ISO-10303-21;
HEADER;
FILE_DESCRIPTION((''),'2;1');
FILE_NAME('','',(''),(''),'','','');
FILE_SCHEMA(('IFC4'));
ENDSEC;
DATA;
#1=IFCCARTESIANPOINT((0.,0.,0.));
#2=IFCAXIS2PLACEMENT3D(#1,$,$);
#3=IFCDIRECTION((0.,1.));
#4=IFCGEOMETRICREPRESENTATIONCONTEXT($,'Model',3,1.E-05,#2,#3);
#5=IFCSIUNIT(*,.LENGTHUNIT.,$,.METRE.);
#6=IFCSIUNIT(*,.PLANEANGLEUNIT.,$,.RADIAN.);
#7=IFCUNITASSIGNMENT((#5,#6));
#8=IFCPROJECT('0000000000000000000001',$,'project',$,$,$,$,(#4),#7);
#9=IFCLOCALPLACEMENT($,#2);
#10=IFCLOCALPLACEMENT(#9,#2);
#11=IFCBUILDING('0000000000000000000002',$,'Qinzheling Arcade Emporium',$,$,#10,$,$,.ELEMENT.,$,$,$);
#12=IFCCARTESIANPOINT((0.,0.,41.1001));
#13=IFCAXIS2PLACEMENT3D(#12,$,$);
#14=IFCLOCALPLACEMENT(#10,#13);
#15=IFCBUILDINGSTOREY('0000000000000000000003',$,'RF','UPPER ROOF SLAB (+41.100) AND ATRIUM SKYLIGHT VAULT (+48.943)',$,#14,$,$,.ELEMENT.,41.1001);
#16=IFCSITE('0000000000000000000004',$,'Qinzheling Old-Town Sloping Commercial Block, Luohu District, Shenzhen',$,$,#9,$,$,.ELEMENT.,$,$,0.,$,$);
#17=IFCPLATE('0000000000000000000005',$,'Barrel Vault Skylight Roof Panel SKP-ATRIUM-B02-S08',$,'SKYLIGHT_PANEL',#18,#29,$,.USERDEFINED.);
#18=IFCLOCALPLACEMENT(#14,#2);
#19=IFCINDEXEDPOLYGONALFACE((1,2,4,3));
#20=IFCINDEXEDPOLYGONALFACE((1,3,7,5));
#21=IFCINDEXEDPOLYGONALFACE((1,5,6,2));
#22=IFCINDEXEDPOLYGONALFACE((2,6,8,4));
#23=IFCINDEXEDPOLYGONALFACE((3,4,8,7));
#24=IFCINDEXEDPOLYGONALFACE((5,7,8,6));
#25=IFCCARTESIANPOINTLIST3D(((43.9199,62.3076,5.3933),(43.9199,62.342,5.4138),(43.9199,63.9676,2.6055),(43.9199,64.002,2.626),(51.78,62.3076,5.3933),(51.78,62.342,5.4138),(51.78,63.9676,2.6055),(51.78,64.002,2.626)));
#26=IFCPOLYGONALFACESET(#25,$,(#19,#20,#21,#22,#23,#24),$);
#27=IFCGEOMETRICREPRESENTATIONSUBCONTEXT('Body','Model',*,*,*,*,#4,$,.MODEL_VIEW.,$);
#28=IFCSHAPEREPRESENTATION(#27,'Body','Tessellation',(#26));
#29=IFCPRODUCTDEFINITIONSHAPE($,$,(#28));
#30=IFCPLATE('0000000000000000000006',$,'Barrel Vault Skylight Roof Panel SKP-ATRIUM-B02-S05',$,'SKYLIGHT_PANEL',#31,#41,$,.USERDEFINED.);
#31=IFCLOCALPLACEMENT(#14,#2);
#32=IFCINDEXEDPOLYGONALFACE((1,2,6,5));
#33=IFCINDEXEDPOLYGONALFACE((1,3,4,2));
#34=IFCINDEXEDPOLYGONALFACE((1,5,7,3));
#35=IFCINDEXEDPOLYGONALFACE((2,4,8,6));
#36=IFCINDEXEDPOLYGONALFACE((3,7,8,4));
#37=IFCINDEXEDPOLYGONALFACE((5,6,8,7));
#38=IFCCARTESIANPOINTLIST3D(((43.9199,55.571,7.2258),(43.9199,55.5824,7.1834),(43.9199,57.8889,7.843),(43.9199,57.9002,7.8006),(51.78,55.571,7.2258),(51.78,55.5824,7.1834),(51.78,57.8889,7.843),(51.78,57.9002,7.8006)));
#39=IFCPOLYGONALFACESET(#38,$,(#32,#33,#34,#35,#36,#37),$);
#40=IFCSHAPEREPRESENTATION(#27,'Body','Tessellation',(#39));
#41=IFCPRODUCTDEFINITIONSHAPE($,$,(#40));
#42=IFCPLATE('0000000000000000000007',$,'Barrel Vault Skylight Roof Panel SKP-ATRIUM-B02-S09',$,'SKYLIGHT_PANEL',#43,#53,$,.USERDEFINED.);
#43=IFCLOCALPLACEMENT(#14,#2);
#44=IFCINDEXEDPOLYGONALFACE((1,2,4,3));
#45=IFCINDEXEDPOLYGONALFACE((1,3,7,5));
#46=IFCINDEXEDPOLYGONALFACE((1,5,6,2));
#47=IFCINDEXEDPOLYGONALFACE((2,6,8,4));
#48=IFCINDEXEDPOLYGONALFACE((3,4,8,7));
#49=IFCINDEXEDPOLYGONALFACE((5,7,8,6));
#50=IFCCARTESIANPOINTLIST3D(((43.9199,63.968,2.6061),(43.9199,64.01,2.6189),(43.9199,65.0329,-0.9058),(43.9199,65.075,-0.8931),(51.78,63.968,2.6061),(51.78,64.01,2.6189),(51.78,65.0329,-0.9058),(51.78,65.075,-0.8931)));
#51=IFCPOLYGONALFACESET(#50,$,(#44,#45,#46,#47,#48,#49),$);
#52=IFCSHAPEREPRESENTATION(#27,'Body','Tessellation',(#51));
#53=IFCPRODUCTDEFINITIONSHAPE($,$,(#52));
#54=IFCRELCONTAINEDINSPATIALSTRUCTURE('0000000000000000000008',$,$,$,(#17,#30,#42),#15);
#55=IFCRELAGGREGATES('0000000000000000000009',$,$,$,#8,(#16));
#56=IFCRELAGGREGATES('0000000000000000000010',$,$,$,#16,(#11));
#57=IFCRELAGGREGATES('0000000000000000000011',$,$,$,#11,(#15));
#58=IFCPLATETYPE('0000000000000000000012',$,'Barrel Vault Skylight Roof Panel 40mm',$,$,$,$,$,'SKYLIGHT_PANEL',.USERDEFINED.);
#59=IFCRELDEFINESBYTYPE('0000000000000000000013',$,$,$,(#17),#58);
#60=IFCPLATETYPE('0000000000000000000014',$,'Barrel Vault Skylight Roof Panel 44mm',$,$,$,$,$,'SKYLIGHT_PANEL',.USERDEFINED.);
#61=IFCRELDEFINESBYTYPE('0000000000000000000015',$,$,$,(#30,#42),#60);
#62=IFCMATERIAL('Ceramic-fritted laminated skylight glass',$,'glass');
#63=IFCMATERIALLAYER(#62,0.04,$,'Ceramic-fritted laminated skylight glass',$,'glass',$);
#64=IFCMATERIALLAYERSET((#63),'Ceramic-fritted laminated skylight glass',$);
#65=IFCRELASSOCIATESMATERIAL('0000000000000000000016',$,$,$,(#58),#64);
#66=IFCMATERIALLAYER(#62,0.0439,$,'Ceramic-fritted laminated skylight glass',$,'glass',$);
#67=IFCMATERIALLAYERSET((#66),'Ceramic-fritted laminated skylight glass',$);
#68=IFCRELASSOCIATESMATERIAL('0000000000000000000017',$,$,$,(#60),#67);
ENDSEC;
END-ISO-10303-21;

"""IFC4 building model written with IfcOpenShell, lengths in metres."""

from ifc_helpers import new_model, si_unit, direction, frame, origin, place, context, subcontext, project, spatial, polyline, outline, extrude, material, layer, layer_set, type_object, element, save


model = new_model("IFC4")

# Units and contexts
model_context = context("Model", 3, precision=1e-05, world=origin(), true_north=direction((0.0, 1.0)))
body_context = subcontext(model_context, "Body", "Model", "MODEL_VIEW")
ifc_project = project(units=[si_unit("LENGTHUNIT", "METRE"), si_unit("PLANEANGLEUNIT", "RADIAN")], contexts=[model_context])

# Site, building, storey
site_placement = place(None, origin())
site = spatial("IfcSite", under=ifc_project, at=site_placement, Name="Qinzheling Old-Town Sloping Commercial Block, Luohu District, Shenzhen", CompositionType="ELEMENT", RefElevation=0.0)
building_placement = place(site_placement, origin())
building = spatial("IfcBuilding", under=site, at=building_placement, Name="Qinzheling Arcade Emporium", CompositionType="ELEMENT")
storey_placement = place(building_placement, frame((0.0, 0.0, 41.1001)))
storey = spatial("IfcBuildingStorey", under=building, at=storey_placement, Name="RF", Description="UPPER ROOF SLAB (+41.100) AND ATRIUM SKYLIGHT VAULT (+48.943)", CompositionType="ELEMENT", Elevation=41.1001)

# Plates
ifc_material_1 = material(Name="Ceramic-fritted laminated skylight glass", Category="glass")
ifc_layer_1 = layer(ifc_material_1, 0.04, Name="Ceramic-fritted laminated skylight glass", Category="glass")
ifc_layer_set_1 = layer_set([ifc_layer_1], Name="Ceramic-fritted laminated skylight glass")
plate_type_1 = type_object("IfcPlateType", Name="Barrel Vault Skylight Roof Panel 40mm", ElementType="SKYLIGHT_PANEL", PredefinedType="USERDEFINED", material=ifc_layer_set_1)
plate_1_placement = place(storey_placement, frame((43.9199, 62.342, 5.4138), z_axis=(0.0, 0.859228, 0.511594), x_axis=(1.0, 0.0, 0.0)))
element("IfcPlate", 1, at=plate_1_placement, inside=storey, type_object=plate_type_1, Name="Barrel Vault Skylight Roof Panel SKP-ATRIUM-B02-S08", ObjectType="SKYLIGHT_PANEL", PredefinedType="USERDEFINED", context=body_context, shape_type="SweptSolid", body=[
    extrude(outline(polyline([(0.0, 0.0), (7.8601, 0.0), (7.8601, 3.2446), (0.0, 3.2446), (0.0, 0.0)])), origin(), (0.0, 0.0, -1.0), 0.04),
])
ifc_layer_2 = layer(ifc_material_1, 0.0439, Name="Ceramic-fritted laminated skylight glass", Category="glass")
ifc_layer_set_2 = layer_set([ifc_layer_2], Name="Ceramic-fritted laminated skylight glass")
plate_type_2 = type_object("IfcPlateType", Name="Barrel Vault Skylight Roof Panel 44mm", ElementType="SKYLIGHT_PANEL", PredefinedType="USERDEFINED", material=ifc_layer_set_2)
plate_2_placement = place(storey_placement, frame((43.9199, 55.571, 7.2258), z_axis=(0.0, -0.257308, 0.966329), x_axis=(1.0, 0.0, 0.0)))
element("IfcPlate", 2, at=plate_2_placement, inside=storey, type_object=plate_type_2, Name="Barrel Vault Skylight Roof Panel SKP-ATRIUM-B02-S05", ObjectType="SKYLIGHT_PANEL", PredefinedType="USERDEFINED", context=body_context, shape_type="SweptSolid", body=[
    extrude(outline(polyline([(0.0, 0.0), (7.8601, 0.0), (7.8601, 2.3986), (0.0, 2.3986), (0.0, 0.0)])), origin(), (0.0, 0.0, -1.0), 0.0439),
])
plate_3_placement = place(storey_placement, frame((43.9199, 64.01, 2.6189), z_axis=(0.0, 0.956971, 0.290185), x_axis=(1.0, 0.0, 0.0)))
element("IfcPlate", 3, at=plate_3_placement, inside=storey, type_object=plate_type_2, Name="Barrel Vault Skylight Roof Panel SKP-ATRIUM-B02-S09", ObjectType="SKYLIGHT_PANEL", PredefinedType="USERDEFINED", context=body_context, shape_type="SweptSolid", body=[
    extrude(outline(polyline([(0.0, 0.0), (7.8601, 0.0), (7.8601, 3.6699), (0.0, 3.6699), (0.0, 0.0)])), origin(), (0.0, 0.0, -1.0), 0.0439),
])

save(model, "model.ifc")
